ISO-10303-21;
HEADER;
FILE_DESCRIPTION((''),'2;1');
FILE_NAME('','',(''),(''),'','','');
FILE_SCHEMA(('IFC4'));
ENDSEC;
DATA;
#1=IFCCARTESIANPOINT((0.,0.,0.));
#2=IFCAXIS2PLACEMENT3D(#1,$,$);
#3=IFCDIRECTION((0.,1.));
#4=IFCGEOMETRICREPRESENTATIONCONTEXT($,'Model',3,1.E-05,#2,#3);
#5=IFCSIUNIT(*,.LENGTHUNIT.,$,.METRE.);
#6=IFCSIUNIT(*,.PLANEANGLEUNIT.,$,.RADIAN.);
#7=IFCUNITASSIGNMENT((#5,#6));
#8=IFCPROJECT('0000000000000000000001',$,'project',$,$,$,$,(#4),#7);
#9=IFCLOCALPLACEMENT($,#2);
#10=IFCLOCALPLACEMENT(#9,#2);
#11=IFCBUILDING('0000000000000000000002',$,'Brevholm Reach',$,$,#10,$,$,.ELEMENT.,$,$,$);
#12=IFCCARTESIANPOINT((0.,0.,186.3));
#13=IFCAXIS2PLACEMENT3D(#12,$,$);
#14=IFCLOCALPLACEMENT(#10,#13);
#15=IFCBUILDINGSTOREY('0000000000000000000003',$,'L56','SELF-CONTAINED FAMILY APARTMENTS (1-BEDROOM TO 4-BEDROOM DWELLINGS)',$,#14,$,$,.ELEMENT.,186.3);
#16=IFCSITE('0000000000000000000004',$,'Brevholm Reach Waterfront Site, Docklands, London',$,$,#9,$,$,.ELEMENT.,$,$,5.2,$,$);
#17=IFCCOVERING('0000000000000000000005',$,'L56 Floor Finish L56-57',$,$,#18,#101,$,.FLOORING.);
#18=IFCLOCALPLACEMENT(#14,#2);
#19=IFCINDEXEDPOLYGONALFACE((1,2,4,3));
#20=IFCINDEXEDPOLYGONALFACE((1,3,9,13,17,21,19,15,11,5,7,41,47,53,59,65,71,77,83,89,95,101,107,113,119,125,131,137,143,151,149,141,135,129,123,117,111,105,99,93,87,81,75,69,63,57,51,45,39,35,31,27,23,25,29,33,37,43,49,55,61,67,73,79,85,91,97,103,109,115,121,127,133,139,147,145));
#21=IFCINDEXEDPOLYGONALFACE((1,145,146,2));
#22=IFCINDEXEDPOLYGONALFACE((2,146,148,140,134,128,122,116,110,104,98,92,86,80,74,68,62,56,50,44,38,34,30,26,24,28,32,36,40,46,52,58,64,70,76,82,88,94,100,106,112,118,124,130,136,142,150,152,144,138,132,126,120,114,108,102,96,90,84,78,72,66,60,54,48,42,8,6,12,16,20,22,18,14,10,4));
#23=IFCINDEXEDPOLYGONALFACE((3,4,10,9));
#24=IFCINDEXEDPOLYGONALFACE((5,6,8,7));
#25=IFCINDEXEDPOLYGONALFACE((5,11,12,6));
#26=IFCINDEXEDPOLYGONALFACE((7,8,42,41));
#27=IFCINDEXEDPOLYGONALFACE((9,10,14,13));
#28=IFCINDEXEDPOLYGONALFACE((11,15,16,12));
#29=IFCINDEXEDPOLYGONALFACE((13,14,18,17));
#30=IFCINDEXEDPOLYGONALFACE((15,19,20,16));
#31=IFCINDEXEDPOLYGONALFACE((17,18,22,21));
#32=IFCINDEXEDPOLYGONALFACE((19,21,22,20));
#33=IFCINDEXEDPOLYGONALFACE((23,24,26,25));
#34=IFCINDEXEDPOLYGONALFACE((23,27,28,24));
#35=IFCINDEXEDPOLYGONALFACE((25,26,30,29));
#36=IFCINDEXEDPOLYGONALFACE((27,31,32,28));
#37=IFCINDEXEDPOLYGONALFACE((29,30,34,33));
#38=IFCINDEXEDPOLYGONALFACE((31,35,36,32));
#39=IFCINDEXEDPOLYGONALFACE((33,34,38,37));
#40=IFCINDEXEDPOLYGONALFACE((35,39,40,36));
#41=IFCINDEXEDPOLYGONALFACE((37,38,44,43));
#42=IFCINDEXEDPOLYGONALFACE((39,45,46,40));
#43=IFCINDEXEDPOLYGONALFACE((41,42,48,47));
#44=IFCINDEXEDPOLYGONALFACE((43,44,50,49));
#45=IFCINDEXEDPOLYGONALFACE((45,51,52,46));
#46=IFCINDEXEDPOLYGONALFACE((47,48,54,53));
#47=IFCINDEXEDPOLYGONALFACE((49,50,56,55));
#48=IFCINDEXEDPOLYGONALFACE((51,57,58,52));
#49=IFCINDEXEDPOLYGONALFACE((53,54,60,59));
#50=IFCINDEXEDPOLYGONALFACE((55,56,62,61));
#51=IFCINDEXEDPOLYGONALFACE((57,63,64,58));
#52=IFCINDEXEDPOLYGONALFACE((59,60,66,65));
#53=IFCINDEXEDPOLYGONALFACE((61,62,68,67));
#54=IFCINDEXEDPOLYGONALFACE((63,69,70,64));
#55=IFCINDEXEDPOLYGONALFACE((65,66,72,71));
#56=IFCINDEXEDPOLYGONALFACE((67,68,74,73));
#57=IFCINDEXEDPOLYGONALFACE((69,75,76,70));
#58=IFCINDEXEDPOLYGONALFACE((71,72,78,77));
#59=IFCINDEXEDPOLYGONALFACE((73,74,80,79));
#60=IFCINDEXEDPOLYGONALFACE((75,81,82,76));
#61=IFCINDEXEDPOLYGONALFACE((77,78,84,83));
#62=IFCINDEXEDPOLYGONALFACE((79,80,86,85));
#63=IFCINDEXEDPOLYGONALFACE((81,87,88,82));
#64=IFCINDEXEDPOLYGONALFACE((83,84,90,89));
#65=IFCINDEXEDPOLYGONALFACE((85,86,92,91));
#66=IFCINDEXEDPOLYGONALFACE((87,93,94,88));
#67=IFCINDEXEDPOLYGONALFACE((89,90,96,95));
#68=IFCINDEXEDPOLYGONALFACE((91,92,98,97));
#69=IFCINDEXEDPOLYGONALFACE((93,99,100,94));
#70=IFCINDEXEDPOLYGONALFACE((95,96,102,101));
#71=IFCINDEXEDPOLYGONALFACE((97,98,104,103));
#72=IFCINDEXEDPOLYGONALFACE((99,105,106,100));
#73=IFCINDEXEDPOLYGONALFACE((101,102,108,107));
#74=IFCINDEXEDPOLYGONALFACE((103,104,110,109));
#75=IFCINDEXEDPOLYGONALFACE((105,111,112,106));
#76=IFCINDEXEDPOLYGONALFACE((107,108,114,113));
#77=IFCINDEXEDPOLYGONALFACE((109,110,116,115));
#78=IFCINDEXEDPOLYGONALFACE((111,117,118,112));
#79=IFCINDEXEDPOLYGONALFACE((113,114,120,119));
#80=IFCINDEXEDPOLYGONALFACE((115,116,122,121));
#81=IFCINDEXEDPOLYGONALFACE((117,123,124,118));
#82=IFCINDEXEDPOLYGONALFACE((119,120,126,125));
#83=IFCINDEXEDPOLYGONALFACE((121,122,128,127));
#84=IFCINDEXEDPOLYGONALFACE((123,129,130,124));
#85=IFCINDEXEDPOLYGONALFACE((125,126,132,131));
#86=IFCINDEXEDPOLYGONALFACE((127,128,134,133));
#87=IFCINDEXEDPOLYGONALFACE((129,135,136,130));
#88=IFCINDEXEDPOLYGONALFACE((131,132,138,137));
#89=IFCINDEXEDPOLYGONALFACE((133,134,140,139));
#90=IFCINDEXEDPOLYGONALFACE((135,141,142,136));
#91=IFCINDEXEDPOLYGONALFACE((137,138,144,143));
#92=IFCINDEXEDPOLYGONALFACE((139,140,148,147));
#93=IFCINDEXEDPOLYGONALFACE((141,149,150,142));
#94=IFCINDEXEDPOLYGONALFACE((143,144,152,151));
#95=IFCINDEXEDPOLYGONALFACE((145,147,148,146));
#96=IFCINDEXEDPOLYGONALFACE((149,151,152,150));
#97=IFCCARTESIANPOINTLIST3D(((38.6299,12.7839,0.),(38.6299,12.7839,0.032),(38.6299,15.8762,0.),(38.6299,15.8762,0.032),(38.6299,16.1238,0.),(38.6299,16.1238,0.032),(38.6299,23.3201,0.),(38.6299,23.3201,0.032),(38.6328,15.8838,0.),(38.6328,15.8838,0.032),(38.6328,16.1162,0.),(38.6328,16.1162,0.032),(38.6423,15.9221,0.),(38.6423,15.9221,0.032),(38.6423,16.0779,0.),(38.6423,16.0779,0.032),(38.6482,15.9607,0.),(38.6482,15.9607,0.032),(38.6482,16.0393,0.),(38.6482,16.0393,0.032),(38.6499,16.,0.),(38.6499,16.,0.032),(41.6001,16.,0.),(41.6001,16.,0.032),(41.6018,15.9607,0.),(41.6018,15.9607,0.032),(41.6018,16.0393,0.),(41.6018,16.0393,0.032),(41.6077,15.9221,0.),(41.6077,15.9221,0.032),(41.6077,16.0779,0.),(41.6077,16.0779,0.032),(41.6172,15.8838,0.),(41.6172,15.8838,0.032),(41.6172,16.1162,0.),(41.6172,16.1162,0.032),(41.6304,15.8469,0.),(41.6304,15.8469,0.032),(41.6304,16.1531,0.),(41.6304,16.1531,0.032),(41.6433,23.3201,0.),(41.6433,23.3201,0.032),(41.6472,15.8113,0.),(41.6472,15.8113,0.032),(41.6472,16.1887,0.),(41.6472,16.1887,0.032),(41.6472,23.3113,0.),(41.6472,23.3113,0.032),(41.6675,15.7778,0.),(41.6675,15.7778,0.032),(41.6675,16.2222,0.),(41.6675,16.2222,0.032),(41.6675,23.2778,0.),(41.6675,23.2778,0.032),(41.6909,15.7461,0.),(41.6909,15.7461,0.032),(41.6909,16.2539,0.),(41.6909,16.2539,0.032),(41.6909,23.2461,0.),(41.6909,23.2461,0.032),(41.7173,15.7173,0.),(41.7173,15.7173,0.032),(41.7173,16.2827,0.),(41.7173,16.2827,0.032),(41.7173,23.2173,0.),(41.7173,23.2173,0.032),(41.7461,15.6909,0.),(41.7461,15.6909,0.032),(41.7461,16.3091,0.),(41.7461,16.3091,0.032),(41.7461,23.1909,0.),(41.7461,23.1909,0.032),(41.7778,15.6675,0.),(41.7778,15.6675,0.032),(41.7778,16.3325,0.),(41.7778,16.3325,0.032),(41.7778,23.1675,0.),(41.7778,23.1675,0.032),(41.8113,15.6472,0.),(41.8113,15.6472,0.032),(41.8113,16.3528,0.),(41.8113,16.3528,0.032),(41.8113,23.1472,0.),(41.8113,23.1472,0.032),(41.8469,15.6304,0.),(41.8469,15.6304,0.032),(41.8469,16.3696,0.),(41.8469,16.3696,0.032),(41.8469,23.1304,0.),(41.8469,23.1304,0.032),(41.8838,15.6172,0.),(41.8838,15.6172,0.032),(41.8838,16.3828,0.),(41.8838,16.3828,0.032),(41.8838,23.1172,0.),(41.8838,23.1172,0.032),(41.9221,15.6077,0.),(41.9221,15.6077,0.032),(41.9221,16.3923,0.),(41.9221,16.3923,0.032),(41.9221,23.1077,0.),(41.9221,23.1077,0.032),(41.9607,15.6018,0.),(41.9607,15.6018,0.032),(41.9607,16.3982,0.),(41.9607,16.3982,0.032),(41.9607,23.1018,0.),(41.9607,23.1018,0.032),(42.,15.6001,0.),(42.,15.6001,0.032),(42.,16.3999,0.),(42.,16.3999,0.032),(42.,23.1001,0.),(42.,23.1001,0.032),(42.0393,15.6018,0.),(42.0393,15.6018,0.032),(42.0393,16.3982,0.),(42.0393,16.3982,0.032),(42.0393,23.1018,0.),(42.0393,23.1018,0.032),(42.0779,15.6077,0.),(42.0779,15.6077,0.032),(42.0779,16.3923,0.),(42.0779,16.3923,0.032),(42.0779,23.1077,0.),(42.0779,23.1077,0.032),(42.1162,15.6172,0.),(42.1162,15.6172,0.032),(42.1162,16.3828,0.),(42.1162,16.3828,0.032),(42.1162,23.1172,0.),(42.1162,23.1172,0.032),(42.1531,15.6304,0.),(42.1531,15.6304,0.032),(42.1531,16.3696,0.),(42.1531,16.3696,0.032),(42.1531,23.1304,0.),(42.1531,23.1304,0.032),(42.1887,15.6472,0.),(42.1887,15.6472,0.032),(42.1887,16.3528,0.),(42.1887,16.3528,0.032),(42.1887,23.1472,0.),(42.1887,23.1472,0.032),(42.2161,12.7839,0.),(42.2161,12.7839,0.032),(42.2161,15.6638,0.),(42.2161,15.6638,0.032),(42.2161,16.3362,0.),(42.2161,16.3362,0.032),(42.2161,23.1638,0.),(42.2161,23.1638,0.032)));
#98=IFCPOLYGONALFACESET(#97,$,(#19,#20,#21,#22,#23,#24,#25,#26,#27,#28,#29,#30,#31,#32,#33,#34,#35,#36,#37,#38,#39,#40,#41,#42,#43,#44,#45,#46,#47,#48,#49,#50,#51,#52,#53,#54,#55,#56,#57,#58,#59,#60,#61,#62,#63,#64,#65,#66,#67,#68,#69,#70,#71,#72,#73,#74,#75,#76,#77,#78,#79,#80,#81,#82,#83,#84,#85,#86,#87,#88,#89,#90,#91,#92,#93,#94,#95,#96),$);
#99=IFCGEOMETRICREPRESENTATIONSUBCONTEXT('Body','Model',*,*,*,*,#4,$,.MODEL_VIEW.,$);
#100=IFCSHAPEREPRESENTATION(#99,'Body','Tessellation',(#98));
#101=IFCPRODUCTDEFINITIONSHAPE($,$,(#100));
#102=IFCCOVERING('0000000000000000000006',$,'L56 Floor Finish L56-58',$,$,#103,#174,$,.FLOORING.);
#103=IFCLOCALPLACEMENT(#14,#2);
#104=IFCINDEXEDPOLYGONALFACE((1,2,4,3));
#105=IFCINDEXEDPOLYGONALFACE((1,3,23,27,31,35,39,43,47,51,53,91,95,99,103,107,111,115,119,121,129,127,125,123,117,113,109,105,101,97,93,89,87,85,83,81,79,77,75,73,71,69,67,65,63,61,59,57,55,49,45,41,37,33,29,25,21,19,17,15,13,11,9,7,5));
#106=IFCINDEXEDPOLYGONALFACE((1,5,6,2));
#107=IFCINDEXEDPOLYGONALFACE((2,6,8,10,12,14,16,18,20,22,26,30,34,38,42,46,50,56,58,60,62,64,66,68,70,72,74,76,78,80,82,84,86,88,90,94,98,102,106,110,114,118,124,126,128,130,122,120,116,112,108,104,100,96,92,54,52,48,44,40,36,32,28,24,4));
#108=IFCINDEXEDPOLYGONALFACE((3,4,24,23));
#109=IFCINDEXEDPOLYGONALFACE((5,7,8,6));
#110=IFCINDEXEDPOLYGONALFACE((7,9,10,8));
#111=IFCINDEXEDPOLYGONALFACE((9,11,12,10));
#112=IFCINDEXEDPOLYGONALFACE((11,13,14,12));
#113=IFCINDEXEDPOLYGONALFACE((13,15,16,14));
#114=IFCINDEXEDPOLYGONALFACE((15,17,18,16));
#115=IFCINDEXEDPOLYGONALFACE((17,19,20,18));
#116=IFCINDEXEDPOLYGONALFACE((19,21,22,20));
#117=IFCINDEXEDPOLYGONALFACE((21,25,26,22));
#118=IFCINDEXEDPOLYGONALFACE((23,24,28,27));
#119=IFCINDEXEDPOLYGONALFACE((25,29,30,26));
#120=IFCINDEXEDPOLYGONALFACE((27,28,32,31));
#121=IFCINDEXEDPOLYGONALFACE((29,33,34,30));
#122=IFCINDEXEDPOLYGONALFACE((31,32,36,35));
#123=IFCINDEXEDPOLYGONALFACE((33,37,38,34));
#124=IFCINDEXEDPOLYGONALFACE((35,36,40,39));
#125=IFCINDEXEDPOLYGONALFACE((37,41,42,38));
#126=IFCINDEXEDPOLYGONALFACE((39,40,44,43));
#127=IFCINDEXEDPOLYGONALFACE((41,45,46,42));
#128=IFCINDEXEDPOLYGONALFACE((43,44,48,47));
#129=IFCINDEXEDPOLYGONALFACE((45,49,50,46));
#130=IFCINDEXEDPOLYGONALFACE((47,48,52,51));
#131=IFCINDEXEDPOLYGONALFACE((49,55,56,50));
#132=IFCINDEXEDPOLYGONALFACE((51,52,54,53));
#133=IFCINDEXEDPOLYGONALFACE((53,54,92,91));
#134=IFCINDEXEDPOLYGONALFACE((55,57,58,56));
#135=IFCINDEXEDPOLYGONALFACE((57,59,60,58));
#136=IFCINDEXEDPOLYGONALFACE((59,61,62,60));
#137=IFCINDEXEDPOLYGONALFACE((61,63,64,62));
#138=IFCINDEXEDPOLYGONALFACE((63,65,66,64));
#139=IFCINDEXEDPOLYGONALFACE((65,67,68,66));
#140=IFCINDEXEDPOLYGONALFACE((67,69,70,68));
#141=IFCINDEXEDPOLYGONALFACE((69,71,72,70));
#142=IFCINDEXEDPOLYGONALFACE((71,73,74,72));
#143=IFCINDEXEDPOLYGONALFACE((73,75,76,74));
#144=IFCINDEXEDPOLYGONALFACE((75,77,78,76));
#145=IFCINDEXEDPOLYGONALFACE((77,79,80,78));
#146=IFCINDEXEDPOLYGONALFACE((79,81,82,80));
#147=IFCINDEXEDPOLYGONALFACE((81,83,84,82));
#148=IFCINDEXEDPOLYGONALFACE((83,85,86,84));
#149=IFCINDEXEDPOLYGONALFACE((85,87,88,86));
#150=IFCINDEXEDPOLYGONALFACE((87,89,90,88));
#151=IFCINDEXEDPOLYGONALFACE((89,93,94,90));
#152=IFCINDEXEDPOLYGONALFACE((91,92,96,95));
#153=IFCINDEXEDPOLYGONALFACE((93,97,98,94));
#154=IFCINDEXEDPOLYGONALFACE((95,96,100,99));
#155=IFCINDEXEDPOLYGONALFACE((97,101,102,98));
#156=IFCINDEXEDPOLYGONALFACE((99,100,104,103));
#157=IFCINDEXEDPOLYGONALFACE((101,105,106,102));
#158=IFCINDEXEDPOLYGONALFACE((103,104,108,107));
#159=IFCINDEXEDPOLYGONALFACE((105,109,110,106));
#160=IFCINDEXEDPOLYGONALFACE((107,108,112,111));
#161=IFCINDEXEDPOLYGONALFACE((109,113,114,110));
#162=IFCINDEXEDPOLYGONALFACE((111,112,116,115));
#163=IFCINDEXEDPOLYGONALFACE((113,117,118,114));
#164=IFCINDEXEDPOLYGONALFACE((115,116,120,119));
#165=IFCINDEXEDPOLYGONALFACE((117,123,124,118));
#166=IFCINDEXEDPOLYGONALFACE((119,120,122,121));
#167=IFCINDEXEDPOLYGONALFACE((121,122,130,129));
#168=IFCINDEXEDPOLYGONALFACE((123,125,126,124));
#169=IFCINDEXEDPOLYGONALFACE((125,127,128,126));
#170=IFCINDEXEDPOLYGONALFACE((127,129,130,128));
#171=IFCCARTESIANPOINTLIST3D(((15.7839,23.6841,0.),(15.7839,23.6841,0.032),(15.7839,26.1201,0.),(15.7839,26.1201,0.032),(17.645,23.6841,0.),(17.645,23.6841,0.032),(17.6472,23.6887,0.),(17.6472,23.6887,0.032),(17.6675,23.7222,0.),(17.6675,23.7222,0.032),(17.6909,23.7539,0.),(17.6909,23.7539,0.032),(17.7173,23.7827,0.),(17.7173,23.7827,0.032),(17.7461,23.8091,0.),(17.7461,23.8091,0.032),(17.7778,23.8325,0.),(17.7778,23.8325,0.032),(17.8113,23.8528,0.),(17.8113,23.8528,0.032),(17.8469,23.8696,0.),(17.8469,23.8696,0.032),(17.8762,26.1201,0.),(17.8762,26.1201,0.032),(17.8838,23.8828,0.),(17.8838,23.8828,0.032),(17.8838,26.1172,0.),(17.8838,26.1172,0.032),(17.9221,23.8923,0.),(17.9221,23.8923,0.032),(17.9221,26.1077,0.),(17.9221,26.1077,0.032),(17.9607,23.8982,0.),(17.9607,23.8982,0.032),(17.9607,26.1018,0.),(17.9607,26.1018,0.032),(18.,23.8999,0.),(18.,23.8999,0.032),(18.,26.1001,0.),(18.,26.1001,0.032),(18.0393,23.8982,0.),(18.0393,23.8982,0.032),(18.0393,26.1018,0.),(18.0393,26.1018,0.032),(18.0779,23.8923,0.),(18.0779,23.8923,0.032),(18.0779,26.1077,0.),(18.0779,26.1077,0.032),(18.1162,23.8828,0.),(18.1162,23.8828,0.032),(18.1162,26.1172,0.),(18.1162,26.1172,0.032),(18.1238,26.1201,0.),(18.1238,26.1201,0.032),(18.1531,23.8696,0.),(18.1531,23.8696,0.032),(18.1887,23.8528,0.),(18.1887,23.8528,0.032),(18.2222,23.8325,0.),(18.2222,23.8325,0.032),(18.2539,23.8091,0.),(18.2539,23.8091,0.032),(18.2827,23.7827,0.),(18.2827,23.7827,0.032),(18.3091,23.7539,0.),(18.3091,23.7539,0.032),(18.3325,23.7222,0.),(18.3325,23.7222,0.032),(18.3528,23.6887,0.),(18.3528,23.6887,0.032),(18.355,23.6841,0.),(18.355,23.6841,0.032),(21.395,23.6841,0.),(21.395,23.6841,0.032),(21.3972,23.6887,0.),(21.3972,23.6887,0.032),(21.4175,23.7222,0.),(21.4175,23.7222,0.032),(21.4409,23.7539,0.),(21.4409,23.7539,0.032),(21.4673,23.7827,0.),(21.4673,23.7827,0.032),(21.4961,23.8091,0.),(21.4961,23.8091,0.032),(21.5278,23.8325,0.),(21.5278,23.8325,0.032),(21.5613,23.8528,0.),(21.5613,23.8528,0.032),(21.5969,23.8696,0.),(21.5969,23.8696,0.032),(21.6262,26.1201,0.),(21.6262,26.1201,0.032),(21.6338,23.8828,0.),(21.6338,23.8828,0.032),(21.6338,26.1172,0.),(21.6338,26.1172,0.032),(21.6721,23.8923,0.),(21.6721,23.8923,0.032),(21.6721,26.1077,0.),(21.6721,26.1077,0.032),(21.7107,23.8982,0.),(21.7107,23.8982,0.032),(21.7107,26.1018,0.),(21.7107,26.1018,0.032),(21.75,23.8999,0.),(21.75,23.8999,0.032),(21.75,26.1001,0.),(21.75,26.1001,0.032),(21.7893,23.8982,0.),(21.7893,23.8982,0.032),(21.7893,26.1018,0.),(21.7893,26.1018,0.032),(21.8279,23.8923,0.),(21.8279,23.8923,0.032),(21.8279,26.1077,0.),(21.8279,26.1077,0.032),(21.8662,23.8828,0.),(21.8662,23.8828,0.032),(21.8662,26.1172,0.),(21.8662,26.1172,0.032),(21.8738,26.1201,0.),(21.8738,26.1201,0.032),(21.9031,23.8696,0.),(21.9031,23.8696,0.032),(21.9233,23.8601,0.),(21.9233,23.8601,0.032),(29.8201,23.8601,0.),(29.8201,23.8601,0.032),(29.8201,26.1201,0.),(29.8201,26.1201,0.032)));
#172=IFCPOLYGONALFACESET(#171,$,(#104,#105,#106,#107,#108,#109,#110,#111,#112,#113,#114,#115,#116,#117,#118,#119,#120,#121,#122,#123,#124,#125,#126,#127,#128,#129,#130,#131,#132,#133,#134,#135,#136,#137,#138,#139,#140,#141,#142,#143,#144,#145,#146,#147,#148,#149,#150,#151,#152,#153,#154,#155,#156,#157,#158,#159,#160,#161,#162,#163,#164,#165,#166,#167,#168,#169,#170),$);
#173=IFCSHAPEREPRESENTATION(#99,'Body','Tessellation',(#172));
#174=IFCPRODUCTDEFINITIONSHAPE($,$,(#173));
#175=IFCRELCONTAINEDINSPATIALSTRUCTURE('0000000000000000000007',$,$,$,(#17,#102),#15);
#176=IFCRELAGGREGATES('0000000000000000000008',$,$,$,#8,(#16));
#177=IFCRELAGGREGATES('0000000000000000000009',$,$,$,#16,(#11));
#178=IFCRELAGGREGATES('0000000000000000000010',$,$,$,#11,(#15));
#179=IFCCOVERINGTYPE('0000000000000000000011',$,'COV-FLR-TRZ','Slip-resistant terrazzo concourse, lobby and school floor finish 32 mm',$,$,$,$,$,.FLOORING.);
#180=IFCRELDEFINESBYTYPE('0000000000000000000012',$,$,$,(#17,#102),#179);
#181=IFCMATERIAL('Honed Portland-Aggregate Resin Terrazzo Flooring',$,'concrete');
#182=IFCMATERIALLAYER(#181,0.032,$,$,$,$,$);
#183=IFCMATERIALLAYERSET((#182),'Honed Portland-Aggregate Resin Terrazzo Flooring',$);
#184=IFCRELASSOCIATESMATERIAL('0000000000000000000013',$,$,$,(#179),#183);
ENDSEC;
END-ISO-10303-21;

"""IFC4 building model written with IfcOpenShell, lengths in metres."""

from ifc_helpers import new_model, si_unit, direction, frame, origin, place, context, subcontext, project, spatial, polyline, outline, extrude, material, layer, layer_set, type_object, element, save


model = new_model("IFC4")

# Units and contexts
model_context = context("Model", 3, precision=1e-05, world=origin(), true_north=direction((0.0, 1.0)))
body_context = subcontext(model_context, "Body", "Model", "MODEL_VIEW")
ifc_project = project(units=[si_unit("LENGTHUNIT", "METRE"), si_unit("PLANEANGLEUNIT", "RADIAN")], contexts=[model_context])

# Site, building, storey
site_placement = place(None, origin())
site = spatial("IfcSite", under=ifc_project, at=site_placement, Name="Brevholm Reach Waterfront Site, Docklands, London", CompositionType="ELEMENT", RefElevation=5.2)
building_placement = place(site_placement, origin())
building = spatial("IfcBuilding", under=site, at=building_placement, Name="Brevholm Reach", CompositionType="ELEMENT")
storey_placement = place(building_placement, frame((0.0, 0.0, 186.3)))
storey = spatial("IfcBuildingStorey", under=building, at=storey_placement, Name="L56", Description="SELF-CONTAINED FAMILY APARTMENTS (1-BEDROOM TO 4-BEDROOM DWELLINGS)", CompositionType="ELEMENT", Elevation=186.3)

# Coverings
ifc_material_1 = material(Name="Honed Portland-Aggregate Resin Terrazzo Flooring", Category="concrete")
ifc_layer_1 = layer(ifc_material_1, 0.032)
ifc_layer_set_1 = layer_set([ifc_layer_1], Name="Honed Portland-Aggregate Resin Terrazzo Flooring")
covering_type_1 = type_object("IfcCoveringType", Name="COV-FLR-TRZ", Description="Slip-resistant terrazzo concourse, lobby and school floor finish 32 mm", PredefinedType="FLOORING", material=ifc_layer_set_1)
covering_1_placement = place(storey_placement, origin())
element("IfcCovering", 1, at=covering_1_placement, inside=storey, type_object=covering_type_1, Name="L56 Floor Finish L56-57", PredefinedType="FLOORING", context=body_context, shape_type="SweptSolid", body=[
    extrude(outline(polyline([(38.6299, 15.8762), (38.6328, 15.8838), (38.6423, 15.9221), (38.6482, 15.9607), (38.6499, 16.0), (38.6482, 16.0393), (38.6423, 16.0779), (38.6328, 16.1162), (38.6299, 16.1238), (38.6299, 23.3201), (41.6433, 23.3201), (41.6472, 23.3113), (41.6675, 23.2778), (41.6909, 23.2461), (41.7173, 23.2173), (41.7461, 23.1909), (41.7778, 23.1675), (41.8113, 23.1472), (41.8469, 23.1304), (41.8838, 23.1172), (41.9221, 23.1077), (41.9607, 23.1018), (42.0, 23.1001), (42.0393, 23.1018), (42.0779, 23.1077), (42.1162, 23.1172), (42.1531, 23.1304), (42.1887, 23.1472), (42.2161, 23.1638), (42.2161, 16.3362), (42.1887, 16.3528), (42.1531, 16.3696), (42.1162, 16.3828), (42.0779, 16.3923), (42.0393, 16.3982), (42.0, 16.3999), (41.9607, 16.3982), (41.9221, 16.3923), (41.8838, 16.3828), (41.8469, 16.3696), (41.8113, 16.3528), (41.7778, 16.3325), (41.7461, 16.3091), (41.7173, 16.2827), (41.6909, 16.2539), (41.6675, 16.2222), (41.6472, 16.1887), (41.6304, 16.1531), (41.6172, 16.1162), (41.6077, 16.0779), (41.6018, 16.0393), (41.6001, 16.0), (41.6018, 15.9607), (41.6077, 15.9221), (41.6172, 15.8838), (41.6304, 15.8469), (41.6472, 15.8113), (41.6675, 15.7778), (41.6909, 15.7461), (41.7173, 15.7173), (41.7461, 15.6909), (41.7778, 15.6675), (41.8113, 15.6472), (41.8469, 15.6304), (41.8838, 15.6172), (41.9221, 15.6077), (41.9607, 15.6018), (42.0, 15.6001), (42.0393, 15.6018), (42.0779, 15.6077), (42.1162, 15.6172), (42.1531, 15.6304), (42.1887, 15.6472), (42.2161, 15.6638), (42.2161, 12.7839), (38.6299, 12.7839), (38.6299, 15.8762)])), origin(), (0.0, 0.0, 1.0), 0.032),
])
covering_2_placement = place(storey_placement, origin())
element("IfcCovering", 2, at=covering_2_placement, inside=storey, type_object=covering_type_1, Name="L56 Floor Finish L56-58", PredefinedType="FLOORING", context=body_context, shape_type="SweptSolid", body=[
    extrude(outline(polyline([(17.8762, 26.1201), (17.8838, 26.1172), (17.9221, 26.1077), (17.9607, 26.1018), (18.0, 26.1001), (18.0393, 26.1018), (18.0779, 26.1077), (18.1162, 26.1172), (18.1238, 26.1201), (21.6262, 26.1201), (21.6338, 26.1172), (21.6721, 26.1077), (21.7107, 26.1018), (21.75, 26.1001), (21.7893, 26.1018), (21.8279, 26.1077), (21.8662, 26.1172), (21.8738, 26.1201), (29.8201, 26.1201), (29.8201, 23.8601), (21.9233, 23.8601), (21.9031, 23.8696), (21.8662, 23.8828), (21.8279, 23.8923), (21.7893, 23.8982), (21.75, 23.8999), (21.7107, 23.8982), (21.6721, 23.8923), (21.6338, 23.8828), (21.5969, 23.8696), (21.5613, 23.8528), (21.5278, 23.8325), (21.4961, 23.8091), (21.4673, 23.7827), (21.4409, 23.7539), (21.4175, 23.7222), (21.3972, 23.6887), (21.395, 23.6841), (18.355, 23.6841), (18.3528, 23.6887), (18.3325, 23.7222), (18.3091, 23.7539), (18.2827, 23.7827), (18.2539, 23.8091), (18.2222, 23.8325), (18.1887, 23.8528), (18.1531, 23.8696), (18.1162, 23.8828), (18.0779, 23.8923), (18.0393, 23.8982), (18.0, 23.8999), (17.9607, 23.8982), (17.9221, 23.8923), (17.8838, 23.8828), (17.8469, 23.8696), (17.8113, 23.8528), (17.7778, 23.8325), (17.7461, 23.8091), (17.7173, 23.7827), (17.6909, 23.7539), (17.6675, 23.7222), (17.6472, 23.6887), (17.645, 23.6841), (15.7839, 23.6841), (15.7839, 26.1201), (17.8762, 26.1201)])), origin(), (0.0, 0.0, 1.0), 0.032),
])

save(model, "model.ifc")
